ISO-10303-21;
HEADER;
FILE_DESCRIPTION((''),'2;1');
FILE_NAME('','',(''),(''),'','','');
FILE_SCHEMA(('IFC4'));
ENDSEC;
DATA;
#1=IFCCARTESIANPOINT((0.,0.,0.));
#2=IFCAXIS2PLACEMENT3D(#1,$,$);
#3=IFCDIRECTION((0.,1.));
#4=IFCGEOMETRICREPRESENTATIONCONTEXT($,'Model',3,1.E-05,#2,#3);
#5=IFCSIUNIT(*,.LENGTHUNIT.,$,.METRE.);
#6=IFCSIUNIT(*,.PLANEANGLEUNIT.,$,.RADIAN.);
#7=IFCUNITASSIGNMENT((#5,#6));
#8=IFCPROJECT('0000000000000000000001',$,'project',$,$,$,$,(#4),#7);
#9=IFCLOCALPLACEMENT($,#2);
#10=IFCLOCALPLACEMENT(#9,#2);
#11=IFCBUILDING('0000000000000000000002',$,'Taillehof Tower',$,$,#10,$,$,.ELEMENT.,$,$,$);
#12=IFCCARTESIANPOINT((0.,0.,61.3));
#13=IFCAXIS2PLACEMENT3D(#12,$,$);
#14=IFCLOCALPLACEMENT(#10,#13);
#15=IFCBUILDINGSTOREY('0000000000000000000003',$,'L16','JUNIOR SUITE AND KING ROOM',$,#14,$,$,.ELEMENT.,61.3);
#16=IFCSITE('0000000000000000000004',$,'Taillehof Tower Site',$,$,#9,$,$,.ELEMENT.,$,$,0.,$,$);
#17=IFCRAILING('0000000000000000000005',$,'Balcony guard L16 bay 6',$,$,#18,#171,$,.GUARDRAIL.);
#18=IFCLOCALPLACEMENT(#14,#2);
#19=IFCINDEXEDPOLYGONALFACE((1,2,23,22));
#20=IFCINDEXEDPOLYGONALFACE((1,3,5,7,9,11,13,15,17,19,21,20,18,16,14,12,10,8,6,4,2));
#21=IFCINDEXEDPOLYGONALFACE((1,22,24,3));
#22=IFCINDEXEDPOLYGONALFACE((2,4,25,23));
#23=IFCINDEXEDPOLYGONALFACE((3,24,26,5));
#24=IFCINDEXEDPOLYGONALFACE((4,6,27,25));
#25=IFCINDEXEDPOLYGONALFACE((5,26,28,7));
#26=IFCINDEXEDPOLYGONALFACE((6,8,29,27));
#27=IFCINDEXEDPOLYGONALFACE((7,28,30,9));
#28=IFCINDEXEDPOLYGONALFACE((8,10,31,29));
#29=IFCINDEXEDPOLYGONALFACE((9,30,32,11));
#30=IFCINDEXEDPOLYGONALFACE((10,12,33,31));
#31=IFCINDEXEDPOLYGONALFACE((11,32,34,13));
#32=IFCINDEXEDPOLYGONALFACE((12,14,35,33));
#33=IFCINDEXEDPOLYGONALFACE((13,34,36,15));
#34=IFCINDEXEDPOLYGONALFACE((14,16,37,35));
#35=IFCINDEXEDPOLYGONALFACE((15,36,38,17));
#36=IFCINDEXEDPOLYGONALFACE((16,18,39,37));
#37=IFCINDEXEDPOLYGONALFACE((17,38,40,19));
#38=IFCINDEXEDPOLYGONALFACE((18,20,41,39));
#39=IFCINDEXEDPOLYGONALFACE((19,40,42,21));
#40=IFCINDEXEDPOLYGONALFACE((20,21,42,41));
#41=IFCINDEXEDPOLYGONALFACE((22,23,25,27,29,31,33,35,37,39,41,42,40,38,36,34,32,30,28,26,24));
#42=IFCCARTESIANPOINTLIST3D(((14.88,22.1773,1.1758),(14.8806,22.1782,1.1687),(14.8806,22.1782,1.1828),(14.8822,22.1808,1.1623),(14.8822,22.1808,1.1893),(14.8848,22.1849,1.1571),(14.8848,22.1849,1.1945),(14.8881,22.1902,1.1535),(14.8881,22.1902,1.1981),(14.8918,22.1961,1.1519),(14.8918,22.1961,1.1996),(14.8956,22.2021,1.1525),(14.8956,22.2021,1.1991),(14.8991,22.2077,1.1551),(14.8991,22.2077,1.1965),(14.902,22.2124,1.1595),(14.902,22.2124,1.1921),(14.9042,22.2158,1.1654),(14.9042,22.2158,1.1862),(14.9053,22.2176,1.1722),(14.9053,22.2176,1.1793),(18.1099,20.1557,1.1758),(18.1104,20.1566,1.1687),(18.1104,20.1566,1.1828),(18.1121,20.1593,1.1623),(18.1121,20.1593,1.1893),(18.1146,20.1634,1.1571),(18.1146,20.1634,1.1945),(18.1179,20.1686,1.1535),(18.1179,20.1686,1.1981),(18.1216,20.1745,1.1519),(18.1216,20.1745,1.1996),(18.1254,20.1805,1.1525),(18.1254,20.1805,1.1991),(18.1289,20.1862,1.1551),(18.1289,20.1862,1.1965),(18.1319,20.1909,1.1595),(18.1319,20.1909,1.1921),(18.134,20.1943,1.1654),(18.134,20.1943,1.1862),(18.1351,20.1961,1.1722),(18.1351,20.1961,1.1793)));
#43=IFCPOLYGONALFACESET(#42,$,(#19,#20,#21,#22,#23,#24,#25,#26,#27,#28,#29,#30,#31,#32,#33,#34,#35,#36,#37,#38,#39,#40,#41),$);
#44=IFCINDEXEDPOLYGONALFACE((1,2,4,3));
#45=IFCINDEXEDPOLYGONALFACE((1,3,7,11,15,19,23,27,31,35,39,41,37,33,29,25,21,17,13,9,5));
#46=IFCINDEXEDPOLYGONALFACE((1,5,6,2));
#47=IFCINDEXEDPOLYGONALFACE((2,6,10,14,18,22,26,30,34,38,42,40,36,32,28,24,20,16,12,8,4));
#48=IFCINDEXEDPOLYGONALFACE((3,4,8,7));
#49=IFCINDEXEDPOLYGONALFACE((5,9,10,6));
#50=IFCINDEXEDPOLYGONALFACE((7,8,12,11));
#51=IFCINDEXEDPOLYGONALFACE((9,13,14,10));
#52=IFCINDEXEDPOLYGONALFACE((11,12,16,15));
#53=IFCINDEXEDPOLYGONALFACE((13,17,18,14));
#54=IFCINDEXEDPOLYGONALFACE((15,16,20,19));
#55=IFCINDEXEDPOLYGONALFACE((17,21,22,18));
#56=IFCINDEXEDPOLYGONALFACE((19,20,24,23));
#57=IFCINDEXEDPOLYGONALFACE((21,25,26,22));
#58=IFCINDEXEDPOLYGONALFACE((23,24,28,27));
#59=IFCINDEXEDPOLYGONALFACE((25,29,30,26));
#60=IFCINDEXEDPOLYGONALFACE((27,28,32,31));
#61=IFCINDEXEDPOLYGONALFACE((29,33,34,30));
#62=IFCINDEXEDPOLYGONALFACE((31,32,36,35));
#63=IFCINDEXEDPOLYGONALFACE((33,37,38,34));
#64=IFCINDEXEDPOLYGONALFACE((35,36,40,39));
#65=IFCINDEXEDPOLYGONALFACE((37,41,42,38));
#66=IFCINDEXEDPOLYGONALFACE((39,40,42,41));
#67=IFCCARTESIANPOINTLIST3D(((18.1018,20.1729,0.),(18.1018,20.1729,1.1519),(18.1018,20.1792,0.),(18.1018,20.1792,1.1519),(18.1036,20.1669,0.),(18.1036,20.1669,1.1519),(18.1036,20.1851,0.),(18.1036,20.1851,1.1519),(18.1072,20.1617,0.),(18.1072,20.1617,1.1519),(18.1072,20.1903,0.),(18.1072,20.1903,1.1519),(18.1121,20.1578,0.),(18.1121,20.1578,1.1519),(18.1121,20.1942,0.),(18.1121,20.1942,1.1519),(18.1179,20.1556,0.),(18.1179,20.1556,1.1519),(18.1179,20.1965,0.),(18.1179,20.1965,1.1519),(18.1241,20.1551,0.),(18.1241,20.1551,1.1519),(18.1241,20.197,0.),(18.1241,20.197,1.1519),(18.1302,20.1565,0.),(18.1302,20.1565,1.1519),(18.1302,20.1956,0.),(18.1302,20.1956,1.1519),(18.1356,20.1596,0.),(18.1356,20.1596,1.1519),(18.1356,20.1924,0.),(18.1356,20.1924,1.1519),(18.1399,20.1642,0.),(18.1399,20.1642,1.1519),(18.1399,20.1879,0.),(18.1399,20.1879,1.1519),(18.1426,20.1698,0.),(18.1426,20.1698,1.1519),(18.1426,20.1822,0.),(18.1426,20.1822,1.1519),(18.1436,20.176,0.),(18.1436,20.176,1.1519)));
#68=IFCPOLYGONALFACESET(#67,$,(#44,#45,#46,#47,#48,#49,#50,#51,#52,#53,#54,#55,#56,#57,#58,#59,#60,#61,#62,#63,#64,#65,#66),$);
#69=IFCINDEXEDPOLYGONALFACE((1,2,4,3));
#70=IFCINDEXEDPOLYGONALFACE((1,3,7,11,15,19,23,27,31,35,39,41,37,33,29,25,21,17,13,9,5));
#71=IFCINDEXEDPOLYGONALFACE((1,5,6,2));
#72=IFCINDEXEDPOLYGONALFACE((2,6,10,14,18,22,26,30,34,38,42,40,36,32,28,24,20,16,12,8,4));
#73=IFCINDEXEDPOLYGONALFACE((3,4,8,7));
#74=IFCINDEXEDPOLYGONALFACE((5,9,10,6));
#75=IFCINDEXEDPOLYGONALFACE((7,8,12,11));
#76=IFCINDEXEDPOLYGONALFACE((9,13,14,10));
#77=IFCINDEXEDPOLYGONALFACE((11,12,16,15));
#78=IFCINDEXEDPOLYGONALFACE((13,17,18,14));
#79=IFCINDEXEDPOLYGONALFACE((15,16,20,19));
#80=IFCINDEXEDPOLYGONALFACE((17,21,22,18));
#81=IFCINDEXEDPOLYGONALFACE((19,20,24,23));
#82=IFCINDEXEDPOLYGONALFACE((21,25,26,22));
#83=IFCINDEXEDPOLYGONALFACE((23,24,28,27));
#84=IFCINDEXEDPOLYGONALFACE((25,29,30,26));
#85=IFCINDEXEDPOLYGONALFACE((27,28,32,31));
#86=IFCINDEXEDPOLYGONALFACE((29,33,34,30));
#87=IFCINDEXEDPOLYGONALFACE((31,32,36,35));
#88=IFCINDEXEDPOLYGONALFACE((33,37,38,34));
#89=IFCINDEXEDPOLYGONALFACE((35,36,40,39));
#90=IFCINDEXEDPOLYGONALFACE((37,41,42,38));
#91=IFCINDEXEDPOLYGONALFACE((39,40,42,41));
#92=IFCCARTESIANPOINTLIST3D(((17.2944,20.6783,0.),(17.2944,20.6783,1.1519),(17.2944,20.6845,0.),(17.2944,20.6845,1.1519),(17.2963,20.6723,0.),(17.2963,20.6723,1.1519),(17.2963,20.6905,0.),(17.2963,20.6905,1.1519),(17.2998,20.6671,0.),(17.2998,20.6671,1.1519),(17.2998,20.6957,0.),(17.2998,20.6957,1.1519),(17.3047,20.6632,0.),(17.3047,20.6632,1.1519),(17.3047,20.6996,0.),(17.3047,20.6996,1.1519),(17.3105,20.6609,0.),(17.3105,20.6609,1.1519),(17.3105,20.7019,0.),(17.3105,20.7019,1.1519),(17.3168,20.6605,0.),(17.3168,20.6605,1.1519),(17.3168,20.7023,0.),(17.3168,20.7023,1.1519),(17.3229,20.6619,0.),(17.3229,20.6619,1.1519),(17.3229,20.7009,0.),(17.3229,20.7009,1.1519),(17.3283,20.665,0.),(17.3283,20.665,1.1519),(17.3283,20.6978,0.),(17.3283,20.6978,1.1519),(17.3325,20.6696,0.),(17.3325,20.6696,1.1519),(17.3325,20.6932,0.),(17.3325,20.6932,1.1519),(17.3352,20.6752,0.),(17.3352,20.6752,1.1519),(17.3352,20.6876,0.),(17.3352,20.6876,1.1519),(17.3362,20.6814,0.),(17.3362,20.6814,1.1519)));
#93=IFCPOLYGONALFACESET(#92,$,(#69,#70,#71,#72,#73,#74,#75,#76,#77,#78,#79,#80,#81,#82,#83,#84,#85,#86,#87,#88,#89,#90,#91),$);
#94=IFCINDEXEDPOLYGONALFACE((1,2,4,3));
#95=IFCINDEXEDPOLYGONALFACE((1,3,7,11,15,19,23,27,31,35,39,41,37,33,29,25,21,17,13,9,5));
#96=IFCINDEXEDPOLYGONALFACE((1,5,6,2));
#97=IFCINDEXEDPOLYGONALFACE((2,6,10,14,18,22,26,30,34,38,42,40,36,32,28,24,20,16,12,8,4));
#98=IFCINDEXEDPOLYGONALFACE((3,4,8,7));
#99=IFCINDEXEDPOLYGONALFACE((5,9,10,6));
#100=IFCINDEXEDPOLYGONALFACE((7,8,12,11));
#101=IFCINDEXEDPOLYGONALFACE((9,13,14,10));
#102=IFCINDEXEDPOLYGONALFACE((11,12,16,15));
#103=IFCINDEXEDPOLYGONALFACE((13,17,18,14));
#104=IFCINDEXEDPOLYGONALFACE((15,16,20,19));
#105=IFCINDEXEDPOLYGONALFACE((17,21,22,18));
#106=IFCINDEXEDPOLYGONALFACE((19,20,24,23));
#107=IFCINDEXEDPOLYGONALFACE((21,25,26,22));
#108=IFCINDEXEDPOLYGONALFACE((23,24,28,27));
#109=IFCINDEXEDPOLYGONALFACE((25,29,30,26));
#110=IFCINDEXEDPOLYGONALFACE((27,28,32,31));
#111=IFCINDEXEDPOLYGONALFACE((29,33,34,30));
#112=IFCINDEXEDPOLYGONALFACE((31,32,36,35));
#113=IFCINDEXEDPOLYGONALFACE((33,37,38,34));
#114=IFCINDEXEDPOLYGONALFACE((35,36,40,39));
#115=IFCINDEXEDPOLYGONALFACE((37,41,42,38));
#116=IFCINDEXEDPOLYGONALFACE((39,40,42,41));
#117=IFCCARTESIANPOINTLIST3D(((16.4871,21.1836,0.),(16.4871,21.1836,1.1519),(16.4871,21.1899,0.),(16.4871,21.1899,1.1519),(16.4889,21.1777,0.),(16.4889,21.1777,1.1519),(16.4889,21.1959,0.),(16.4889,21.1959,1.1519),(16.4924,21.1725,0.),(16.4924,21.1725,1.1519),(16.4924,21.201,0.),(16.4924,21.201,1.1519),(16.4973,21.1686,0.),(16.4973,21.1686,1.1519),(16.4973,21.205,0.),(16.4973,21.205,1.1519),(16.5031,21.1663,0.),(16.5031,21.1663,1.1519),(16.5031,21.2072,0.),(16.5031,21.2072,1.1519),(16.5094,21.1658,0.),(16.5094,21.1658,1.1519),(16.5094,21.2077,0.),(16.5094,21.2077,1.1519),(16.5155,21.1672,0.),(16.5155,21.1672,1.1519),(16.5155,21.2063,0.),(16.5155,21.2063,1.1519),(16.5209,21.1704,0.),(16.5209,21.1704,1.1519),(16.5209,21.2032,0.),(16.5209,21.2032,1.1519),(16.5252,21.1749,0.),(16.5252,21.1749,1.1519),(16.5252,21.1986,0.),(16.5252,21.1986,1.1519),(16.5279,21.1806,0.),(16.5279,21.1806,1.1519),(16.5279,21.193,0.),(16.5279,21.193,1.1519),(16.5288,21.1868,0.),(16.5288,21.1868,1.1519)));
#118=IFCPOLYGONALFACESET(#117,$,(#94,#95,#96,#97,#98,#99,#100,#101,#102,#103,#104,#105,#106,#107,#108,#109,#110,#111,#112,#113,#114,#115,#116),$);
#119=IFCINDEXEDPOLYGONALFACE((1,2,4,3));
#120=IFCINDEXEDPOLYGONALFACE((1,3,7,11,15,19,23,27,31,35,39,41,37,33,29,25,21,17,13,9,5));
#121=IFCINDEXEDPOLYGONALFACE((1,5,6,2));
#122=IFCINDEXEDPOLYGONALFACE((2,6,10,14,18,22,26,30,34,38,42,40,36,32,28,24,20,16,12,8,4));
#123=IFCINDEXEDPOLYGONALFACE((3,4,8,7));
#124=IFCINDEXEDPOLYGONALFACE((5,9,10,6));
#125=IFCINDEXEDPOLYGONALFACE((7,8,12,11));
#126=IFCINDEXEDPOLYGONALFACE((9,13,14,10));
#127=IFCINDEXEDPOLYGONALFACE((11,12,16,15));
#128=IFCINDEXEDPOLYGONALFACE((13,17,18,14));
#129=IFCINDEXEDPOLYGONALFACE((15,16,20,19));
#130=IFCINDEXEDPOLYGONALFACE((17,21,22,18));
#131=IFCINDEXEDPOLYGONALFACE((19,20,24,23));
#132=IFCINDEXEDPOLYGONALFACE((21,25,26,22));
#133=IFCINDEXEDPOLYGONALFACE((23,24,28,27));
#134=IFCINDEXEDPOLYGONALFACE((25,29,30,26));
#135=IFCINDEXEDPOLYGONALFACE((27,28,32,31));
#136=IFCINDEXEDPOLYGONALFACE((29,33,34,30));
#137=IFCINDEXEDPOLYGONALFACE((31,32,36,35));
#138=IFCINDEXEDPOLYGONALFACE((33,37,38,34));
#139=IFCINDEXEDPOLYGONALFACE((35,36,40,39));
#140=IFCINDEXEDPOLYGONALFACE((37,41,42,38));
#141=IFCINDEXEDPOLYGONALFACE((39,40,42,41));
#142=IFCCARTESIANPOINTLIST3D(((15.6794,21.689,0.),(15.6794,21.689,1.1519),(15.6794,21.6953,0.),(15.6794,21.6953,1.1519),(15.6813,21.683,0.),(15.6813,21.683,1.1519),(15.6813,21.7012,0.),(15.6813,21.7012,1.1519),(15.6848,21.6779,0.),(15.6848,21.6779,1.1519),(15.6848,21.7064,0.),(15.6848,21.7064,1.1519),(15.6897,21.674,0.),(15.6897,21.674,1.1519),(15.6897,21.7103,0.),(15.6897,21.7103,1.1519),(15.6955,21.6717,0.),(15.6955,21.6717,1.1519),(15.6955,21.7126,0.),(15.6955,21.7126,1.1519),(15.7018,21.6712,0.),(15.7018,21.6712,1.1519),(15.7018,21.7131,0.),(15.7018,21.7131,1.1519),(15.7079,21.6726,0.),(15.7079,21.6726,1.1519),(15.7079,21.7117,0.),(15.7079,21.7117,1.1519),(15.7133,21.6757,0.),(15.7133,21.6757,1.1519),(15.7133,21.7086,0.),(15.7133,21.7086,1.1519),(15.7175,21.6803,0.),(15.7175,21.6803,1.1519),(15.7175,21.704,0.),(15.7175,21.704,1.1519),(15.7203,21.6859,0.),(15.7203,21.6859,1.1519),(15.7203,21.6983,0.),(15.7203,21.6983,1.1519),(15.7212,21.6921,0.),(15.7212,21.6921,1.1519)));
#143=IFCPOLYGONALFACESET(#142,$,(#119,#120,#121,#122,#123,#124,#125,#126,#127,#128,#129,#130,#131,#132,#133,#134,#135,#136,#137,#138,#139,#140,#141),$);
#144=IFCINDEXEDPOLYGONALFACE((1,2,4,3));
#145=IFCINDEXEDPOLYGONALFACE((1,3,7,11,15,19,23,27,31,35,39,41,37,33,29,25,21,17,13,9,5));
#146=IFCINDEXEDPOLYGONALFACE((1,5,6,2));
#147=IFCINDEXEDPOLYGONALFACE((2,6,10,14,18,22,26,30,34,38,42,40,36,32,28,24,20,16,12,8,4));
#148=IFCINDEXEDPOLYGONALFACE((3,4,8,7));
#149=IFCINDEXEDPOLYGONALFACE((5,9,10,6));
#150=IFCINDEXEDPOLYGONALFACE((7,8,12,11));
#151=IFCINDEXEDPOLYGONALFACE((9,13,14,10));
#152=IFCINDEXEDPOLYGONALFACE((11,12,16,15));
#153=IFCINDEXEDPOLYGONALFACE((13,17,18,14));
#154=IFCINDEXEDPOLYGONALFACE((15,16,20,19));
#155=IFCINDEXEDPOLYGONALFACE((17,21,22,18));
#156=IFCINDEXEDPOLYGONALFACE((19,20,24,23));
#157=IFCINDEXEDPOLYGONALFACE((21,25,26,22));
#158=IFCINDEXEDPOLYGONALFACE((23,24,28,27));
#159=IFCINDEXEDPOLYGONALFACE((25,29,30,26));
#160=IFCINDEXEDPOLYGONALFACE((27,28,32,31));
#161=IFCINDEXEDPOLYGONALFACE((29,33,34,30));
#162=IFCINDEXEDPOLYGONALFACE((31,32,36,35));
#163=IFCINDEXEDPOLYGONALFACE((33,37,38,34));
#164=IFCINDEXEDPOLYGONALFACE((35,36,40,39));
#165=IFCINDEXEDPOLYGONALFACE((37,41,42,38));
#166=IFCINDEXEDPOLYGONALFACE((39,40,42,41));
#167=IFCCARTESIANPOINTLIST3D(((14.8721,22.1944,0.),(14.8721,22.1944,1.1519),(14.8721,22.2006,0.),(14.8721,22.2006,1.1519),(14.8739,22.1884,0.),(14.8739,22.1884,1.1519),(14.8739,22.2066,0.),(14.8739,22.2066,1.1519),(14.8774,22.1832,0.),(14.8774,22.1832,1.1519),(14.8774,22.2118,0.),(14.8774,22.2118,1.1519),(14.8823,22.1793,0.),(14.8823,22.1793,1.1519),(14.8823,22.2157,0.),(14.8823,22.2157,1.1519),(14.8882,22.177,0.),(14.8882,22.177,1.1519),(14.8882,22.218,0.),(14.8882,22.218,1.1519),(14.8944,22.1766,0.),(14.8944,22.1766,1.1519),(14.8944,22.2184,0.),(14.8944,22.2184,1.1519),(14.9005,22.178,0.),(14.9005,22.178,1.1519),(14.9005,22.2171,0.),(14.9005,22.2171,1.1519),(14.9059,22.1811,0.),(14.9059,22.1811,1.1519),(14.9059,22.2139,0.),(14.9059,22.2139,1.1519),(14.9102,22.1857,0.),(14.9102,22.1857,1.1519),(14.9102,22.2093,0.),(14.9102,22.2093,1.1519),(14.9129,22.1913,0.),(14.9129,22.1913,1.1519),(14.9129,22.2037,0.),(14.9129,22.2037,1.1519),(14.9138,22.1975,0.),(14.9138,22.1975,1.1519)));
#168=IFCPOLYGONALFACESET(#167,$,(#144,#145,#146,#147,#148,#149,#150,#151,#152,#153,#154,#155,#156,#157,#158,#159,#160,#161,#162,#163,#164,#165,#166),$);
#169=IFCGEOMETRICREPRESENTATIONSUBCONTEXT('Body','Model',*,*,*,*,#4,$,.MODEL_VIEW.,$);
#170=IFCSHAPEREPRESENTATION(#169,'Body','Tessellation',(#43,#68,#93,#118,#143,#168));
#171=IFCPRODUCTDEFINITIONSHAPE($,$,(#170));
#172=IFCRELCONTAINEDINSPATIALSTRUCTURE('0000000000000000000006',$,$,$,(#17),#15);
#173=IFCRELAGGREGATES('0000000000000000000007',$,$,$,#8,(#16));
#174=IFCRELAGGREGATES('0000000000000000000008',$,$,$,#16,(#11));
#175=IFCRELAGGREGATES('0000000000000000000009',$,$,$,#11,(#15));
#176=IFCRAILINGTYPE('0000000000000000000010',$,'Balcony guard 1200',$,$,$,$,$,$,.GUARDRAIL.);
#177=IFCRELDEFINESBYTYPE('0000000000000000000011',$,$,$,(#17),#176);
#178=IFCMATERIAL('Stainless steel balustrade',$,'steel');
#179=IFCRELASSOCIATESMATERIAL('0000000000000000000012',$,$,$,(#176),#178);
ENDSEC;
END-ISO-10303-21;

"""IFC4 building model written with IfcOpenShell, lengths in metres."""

from ifc_helpers import new_model, si_unit, direction, frame, origin, origin_2d, place, context, subcontext, project, spatial, circle, extrude, material, type_object, element, save


model = new_model("IFC4")

# Units and contexts
model_context = context("Model", 3, precision=1e-05, world=origin(), true_north=direction((0.0, 1.0)))
body_context = subcontext(model_context, "Body", "Model", "MODEL_VIEW")
ifc_project = project(units=[si_unit("LENGTHUNIT", "METRE"), si_unit("PLANEANGLEUNIT", "RADIAN")], contexts=[model_context])

# Site, building, storey
site_placement = place(None, origin())
site = spatial("IfcSite", under=ifc_project, at=site_placement, Name="Taillehof Tower Site", CompositionType="ELEMENT", RefElevation=0.0)
building_placement = place(site_placement, origin())
building = spatial("IfcBuilding", under=site, at=building_placement, Name="Taillehof Tower", CompositionType="ELEMENT")
storey_placement = place(building_placement, frame((0.0, 0.0, 61.3)))
storey = spatial("IfcBuildingStorey", under=building, at=storey_placement, Name="L16", Description="JUNIOR SUITE AND KING ROOM", CompositionType="ELEMENT", Elevation=61.3)

# Railing
ifc_material_1 = material(Name="Stainless steel balustrade", Category="steel")
railing_type = type_object("IfcRailingType", Name="Balcony guard 1200", PredefinedType="GUARDRAIL", material=ifc_material_1)
railing_1_placement = place(storey_placement, frame((18.1226, 20.176, 0.0)))
element("IfcRailing", 1, at=railing_1_placement, inside=storey, type_object=railing_type, Name="Balcony guard L16 bay 6", PredefinedType="GUARDRAIL", context=body_context, shape_type="SweptSolid", body=[
    extrude(circle(Radius=0.0239, at=origin_2d()), frame((0.0, 0.0, 1.1758), z_axis=(-0.847656, 0.530546, 0.0), x_axis=(-0.530546, -0.847656, 0.0)), (0.0, 0.0, 1.0), 3.8103),
    extrude(circle(Radius=0.021, at=origin_2d()), origin(), (0.0, 0.0, 1.0), 1.1519),
    extrude(circle(Radius=0.021, at=origin_2d()), frame((-0.8074, 0.5054, 0.0)), (0.0, 0.0, 1.0), 1.1519),
    extrude(circle(Radius=0.021, at=origin_2d()), frame((-1.6147, 1.0107, 0.0)), (0.0, 0.0, 1.0), 1.1519),
    extrude(circle(Radius=0.021, at=origin_2d()), frame((-2.4224, 1.5161, 0.0)), (0.0, 0.0, 1.0), 1.1519),
    extrude(circle(Radius=0.021, at=origin_2d()), frame((-3.2297, 2.0215, 0.0)), (0.0, 0.0, 1.0), 1.1519),
])

save(model, "model.ifc")
